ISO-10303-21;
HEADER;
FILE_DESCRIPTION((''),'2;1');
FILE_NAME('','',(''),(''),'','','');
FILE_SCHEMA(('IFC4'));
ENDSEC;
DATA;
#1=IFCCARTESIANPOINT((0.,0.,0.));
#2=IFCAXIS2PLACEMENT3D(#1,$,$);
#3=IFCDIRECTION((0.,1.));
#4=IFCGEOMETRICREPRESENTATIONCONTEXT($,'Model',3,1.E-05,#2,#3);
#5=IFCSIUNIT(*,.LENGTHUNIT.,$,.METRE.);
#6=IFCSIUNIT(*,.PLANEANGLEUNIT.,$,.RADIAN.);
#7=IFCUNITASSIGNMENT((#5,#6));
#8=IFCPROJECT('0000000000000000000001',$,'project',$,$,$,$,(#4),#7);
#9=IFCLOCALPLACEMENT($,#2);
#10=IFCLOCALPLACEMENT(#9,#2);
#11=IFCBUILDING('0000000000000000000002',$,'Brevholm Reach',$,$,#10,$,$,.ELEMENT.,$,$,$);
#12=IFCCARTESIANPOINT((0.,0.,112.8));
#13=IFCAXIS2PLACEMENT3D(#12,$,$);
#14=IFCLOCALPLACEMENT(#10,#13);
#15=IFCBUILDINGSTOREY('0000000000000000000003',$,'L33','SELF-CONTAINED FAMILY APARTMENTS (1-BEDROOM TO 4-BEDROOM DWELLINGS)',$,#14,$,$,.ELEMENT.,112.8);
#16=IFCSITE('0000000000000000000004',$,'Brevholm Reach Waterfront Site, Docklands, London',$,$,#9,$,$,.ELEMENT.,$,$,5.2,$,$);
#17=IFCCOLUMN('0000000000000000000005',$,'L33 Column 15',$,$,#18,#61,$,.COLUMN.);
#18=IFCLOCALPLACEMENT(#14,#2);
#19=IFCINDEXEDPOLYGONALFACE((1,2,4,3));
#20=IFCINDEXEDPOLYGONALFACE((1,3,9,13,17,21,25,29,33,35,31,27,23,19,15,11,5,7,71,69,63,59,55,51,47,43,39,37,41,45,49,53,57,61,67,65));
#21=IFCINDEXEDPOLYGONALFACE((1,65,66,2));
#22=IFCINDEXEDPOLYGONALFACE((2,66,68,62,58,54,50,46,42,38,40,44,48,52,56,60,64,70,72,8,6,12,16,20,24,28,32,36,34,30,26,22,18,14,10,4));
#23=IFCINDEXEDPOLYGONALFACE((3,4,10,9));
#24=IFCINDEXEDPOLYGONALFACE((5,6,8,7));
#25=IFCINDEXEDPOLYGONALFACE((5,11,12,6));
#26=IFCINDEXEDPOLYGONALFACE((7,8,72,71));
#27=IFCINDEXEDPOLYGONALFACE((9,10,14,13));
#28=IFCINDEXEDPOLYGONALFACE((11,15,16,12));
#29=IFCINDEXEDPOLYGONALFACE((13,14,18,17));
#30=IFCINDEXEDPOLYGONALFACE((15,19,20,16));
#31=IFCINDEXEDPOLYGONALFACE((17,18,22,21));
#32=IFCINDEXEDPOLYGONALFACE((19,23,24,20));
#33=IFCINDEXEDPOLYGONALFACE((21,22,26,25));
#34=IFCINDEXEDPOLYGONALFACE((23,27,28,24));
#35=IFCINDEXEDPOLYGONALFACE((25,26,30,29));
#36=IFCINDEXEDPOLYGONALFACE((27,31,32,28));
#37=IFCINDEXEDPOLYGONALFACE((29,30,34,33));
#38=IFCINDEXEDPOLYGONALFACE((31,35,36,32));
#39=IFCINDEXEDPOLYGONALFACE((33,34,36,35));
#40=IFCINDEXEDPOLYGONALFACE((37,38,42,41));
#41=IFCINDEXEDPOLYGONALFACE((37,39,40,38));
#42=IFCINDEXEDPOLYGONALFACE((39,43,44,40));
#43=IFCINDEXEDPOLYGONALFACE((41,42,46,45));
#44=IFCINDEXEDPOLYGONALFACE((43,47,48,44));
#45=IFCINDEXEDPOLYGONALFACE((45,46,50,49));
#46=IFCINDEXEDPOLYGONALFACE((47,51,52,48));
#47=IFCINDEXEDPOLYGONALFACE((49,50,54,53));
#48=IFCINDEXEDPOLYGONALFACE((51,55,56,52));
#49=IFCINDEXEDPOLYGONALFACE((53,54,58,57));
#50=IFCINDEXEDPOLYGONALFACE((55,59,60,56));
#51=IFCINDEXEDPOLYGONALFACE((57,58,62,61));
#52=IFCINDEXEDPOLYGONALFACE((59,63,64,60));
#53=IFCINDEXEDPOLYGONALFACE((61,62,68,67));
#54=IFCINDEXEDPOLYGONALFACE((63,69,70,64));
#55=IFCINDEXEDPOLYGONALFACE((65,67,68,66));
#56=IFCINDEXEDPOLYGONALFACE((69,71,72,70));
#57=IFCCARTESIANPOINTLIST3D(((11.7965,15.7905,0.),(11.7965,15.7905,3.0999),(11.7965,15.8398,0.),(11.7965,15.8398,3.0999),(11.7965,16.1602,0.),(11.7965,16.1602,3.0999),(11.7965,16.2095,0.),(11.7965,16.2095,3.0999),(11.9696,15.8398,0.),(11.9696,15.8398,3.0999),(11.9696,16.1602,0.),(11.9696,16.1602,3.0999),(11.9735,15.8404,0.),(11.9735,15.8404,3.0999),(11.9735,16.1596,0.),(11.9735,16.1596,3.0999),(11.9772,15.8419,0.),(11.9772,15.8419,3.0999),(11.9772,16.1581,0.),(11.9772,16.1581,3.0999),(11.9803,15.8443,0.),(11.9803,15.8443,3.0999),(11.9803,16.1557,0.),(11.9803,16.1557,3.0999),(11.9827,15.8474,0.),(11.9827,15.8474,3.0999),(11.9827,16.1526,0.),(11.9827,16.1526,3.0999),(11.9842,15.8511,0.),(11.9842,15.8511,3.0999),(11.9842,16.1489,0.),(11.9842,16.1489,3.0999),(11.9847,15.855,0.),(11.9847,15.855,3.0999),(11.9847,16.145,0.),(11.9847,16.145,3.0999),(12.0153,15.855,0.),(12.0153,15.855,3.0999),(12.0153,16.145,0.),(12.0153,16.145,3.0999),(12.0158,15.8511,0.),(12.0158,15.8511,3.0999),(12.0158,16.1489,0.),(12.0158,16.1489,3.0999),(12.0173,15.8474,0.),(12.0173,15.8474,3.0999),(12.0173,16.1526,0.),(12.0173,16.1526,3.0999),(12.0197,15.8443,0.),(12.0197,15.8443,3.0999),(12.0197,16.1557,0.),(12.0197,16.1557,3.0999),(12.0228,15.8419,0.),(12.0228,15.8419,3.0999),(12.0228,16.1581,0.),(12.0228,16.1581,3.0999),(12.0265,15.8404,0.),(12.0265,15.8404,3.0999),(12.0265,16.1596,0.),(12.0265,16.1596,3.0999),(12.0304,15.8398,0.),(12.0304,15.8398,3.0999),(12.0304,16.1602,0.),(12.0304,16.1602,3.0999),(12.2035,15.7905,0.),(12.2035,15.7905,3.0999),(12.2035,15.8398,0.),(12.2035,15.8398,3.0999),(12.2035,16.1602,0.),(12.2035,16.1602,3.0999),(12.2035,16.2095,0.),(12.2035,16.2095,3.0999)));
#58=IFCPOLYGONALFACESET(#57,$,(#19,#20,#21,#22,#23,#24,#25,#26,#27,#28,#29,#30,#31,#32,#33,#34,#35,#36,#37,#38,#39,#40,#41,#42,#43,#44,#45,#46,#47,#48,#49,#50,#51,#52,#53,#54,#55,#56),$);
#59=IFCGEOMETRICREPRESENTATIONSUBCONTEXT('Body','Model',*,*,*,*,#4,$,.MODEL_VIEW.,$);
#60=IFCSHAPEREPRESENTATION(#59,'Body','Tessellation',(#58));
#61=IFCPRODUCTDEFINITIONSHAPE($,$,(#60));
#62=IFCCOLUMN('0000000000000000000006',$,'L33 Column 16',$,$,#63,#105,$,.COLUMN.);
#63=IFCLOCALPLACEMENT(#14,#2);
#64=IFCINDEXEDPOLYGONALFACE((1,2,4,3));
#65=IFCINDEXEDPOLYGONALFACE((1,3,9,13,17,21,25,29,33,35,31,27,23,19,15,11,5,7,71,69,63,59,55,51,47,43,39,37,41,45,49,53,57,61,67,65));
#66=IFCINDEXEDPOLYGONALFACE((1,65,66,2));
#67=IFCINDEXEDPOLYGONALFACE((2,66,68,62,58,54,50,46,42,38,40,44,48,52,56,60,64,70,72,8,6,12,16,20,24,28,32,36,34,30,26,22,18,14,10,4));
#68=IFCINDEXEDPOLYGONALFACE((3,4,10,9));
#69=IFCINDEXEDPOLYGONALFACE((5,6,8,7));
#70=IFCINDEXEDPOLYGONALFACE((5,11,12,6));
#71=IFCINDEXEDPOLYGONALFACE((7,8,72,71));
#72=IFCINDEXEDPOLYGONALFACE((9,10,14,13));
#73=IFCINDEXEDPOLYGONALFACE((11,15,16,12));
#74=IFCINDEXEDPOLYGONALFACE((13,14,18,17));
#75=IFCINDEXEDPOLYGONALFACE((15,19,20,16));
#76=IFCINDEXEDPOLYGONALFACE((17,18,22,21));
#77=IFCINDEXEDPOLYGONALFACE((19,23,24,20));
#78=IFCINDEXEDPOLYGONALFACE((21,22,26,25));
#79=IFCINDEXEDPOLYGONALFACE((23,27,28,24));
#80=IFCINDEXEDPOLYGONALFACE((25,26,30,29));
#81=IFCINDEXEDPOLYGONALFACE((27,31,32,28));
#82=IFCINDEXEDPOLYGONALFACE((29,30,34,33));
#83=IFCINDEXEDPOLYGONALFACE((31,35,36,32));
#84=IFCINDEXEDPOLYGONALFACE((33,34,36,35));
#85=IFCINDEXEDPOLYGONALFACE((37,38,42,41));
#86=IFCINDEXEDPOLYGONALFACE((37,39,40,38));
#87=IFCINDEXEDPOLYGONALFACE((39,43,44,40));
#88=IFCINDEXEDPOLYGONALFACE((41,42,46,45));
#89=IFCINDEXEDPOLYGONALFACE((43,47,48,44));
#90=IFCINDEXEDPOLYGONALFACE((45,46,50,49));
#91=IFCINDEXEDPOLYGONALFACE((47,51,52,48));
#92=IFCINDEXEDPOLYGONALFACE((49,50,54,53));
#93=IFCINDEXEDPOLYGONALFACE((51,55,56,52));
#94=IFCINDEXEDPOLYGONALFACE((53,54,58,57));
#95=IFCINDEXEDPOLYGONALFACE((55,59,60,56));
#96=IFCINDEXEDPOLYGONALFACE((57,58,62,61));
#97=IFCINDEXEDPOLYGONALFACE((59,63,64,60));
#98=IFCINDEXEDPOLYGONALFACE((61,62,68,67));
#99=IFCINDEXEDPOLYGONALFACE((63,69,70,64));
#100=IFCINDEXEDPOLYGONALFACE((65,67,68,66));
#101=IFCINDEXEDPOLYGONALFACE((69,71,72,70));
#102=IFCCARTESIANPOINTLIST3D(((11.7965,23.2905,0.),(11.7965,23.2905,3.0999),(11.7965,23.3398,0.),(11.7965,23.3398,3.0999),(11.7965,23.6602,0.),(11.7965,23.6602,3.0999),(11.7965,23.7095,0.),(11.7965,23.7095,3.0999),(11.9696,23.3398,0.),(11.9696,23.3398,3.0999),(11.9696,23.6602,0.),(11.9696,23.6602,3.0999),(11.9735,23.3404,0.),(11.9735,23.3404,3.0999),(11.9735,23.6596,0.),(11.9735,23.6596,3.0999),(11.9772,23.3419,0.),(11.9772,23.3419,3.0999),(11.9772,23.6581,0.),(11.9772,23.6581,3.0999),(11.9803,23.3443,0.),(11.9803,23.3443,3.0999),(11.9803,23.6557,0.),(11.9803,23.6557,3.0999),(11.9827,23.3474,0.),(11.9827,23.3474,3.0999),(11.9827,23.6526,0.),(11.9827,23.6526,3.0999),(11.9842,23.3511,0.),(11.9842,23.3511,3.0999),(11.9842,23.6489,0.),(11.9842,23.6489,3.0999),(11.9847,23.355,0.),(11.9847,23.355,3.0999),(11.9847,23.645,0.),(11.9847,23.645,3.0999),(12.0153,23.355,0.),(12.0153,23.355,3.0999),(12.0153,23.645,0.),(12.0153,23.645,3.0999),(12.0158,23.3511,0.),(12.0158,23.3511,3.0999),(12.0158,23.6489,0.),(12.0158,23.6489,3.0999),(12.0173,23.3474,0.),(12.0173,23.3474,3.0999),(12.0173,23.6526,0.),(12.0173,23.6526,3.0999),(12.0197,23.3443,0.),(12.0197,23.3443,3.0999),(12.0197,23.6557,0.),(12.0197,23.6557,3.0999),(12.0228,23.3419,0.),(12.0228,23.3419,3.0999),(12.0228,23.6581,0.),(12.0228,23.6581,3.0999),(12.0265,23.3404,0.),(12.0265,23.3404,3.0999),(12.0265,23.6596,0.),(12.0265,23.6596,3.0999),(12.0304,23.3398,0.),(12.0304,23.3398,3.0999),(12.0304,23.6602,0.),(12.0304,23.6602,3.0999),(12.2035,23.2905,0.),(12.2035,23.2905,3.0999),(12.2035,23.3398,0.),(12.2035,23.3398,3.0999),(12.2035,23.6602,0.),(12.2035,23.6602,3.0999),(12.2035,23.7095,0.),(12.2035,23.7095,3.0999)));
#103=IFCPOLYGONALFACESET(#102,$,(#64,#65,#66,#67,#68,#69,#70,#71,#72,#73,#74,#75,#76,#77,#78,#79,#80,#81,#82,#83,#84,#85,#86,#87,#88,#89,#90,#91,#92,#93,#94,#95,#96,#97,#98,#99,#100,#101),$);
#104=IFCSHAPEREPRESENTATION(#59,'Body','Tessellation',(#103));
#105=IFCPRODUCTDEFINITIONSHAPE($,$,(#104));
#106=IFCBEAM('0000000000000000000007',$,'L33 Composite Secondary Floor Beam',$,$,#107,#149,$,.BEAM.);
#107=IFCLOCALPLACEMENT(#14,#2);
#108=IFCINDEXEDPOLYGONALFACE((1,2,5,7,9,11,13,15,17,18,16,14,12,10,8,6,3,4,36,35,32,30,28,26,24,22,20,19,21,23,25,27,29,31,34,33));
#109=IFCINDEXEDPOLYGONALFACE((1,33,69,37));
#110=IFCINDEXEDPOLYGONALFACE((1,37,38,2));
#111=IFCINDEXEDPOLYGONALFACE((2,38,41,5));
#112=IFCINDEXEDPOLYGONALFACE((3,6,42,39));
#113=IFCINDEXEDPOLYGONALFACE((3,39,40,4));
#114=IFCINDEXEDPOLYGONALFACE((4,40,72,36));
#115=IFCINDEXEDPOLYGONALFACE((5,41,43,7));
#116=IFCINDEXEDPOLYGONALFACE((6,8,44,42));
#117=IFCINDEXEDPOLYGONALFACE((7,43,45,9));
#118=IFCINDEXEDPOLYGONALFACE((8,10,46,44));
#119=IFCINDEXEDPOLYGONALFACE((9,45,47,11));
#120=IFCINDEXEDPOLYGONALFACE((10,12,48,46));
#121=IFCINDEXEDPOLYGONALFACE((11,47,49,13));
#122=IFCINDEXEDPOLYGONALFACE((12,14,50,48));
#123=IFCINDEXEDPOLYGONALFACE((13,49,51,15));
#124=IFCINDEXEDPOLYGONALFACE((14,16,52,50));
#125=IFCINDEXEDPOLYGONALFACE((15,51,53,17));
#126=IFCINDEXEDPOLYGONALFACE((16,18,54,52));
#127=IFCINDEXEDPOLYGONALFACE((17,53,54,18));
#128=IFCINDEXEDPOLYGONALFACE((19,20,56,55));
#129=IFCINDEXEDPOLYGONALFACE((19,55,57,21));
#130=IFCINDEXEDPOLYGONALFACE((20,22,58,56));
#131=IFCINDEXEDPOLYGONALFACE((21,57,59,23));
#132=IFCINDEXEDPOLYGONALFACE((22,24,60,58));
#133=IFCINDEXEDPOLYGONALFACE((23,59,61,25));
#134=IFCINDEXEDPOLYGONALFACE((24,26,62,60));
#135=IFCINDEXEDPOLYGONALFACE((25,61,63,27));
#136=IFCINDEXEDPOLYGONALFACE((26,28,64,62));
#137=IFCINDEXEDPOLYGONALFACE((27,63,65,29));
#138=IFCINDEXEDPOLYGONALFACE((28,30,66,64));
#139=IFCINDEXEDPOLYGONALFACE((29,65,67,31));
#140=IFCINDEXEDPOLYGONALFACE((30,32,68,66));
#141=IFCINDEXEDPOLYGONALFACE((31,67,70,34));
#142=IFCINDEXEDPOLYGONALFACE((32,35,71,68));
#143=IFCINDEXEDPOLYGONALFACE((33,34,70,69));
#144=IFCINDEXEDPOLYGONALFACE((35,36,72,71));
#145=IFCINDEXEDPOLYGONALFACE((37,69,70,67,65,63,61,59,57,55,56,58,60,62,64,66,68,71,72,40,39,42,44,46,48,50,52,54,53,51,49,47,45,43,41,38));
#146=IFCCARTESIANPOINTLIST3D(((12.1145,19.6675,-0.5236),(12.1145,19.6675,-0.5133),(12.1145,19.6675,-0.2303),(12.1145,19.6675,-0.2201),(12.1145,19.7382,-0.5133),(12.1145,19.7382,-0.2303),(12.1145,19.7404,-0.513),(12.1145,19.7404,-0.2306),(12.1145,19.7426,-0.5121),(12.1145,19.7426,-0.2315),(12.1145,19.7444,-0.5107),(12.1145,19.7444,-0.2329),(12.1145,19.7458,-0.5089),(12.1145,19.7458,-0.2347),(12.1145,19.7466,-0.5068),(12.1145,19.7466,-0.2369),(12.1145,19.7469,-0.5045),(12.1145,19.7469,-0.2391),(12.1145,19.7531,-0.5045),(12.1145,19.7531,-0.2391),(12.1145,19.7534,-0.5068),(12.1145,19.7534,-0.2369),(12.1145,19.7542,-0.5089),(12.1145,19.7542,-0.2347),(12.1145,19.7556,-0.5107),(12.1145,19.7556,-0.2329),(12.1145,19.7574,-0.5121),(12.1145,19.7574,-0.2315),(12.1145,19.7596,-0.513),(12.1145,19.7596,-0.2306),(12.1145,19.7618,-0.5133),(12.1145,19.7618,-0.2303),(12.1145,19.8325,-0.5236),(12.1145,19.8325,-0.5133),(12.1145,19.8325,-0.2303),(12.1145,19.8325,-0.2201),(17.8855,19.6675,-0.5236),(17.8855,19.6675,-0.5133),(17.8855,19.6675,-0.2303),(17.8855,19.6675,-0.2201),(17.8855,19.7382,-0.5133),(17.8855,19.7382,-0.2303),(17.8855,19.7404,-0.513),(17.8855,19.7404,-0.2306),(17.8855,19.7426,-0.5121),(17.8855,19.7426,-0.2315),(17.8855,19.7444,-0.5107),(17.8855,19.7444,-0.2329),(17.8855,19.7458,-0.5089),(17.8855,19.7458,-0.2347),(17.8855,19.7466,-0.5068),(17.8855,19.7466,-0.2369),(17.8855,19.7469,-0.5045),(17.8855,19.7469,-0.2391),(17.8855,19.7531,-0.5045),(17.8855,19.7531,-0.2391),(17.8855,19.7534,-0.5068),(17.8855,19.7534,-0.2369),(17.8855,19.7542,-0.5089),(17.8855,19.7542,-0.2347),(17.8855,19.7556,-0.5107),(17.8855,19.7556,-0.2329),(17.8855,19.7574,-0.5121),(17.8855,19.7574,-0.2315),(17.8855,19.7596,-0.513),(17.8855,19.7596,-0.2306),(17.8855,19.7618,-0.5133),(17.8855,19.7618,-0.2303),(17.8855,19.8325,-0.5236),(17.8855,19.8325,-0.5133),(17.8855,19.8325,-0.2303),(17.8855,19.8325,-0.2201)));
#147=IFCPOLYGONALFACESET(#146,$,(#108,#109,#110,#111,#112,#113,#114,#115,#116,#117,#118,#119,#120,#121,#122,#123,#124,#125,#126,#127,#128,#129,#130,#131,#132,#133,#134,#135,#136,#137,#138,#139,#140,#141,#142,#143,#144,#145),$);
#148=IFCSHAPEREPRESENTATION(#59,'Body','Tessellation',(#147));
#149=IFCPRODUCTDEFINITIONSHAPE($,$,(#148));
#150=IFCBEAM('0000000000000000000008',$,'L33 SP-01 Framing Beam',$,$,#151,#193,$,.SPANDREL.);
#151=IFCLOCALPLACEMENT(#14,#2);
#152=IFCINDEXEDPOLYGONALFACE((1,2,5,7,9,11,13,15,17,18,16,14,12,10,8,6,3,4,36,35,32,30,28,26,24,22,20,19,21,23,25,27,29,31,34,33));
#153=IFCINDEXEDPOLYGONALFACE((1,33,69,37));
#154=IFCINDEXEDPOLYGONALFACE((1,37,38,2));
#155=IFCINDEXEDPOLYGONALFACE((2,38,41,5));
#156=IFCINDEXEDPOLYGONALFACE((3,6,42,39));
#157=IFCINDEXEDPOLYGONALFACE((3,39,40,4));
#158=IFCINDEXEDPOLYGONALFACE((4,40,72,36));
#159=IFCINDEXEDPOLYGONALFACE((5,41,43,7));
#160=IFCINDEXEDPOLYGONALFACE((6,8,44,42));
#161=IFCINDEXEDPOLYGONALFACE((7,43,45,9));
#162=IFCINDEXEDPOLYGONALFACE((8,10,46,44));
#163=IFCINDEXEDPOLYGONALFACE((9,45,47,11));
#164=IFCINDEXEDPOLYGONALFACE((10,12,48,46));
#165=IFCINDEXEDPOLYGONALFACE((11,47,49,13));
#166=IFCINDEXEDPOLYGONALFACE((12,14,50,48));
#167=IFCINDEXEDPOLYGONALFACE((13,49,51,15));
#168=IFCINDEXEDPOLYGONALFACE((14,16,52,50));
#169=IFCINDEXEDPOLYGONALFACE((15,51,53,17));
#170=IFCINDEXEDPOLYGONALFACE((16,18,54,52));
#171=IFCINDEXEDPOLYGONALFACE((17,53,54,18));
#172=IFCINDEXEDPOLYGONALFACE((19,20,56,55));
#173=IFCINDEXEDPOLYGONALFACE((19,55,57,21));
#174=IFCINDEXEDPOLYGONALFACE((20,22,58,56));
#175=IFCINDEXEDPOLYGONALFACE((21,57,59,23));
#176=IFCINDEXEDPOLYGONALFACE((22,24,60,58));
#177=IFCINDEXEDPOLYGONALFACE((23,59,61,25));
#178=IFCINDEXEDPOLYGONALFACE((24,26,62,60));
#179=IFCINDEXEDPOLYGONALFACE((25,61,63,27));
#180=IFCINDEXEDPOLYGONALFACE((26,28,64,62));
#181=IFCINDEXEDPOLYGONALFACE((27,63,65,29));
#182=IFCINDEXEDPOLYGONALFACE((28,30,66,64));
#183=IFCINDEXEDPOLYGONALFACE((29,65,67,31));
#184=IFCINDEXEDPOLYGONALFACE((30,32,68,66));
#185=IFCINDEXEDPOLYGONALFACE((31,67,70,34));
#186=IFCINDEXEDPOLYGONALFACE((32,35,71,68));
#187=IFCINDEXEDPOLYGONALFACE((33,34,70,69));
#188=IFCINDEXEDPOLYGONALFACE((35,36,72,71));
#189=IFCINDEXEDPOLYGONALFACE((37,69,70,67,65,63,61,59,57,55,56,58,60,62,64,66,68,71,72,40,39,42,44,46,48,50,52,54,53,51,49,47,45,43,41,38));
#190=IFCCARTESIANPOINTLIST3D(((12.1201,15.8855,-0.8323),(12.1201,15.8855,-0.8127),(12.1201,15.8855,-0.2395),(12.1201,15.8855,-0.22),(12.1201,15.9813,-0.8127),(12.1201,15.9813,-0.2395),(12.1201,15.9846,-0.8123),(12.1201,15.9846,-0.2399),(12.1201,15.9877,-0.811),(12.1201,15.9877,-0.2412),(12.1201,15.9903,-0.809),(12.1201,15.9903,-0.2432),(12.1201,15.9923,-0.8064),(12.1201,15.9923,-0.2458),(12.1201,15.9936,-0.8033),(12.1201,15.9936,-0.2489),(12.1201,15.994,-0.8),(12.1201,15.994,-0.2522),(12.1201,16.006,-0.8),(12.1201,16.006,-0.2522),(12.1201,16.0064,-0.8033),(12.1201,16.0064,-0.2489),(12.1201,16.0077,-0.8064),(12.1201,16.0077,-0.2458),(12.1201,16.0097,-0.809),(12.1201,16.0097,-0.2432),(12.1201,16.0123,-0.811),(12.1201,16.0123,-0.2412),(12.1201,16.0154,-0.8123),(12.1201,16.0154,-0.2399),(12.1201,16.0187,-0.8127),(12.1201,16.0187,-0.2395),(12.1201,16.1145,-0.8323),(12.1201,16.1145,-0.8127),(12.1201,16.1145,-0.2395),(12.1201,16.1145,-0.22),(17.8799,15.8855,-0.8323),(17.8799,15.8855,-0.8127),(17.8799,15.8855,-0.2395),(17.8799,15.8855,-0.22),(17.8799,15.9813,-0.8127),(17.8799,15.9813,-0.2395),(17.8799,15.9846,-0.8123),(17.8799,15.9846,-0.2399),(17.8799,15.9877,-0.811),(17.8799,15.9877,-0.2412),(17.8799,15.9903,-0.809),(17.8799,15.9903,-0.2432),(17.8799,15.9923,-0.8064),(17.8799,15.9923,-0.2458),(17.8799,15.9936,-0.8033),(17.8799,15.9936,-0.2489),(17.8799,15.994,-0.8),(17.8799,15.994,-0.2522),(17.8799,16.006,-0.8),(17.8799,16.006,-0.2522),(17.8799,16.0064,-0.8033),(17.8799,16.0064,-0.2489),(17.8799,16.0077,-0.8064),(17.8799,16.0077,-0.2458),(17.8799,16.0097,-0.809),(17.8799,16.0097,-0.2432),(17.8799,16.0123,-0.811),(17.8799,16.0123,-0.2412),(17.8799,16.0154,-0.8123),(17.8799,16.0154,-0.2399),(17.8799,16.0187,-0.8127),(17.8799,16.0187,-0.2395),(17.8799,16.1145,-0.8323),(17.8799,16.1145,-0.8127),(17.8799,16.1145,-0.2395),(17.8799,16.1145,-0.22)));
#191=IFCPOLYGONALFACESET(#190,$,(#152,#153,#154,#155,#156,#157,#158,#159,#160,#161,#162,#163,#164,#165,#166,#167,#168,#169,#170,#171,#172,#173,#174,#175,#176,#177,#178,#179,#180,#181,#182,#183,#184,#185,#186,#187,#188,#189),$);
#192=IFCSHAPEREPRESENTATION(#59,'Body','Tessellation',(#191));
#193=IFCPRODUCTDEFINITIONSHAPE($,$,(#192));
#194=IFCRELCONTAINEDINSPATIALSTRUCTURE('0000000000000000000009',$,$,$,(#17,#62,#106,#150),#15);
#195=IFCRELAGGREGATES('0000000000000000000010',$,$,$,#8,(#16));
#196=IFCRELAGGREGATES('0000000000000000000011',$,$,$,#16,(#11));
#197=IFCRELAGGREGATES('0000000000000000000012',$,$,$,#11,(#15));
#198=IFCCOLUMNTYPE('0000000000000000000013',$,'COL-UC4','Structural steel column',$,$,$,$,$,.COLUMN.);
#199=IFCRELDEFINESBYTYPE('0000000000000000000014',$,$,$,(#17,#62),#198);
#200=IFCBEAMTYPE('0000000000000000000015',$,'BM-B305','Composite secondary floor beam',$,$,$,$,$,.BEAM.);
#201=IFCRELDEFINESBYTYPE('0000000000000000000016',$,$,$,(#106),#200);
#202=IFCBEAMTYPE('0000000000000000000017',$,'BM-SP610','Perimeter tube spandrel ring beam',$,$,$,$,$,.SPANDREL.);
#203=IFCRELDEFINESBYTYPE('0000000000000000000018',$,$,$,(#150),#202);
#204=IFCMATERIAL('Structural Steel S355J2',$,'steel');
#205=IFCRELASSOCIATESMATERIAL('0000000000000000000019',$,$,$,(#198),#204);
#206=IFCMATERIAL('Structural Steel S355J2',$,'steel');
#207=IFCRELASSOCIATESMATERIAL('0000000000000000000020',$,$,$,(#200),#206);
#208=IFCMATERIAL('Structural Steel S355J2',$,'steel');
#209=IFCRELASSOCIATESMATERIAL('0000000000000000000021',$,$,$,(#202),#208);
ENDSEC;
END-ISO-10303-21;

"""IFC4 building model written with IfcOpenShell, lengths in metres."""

from ifc_helpers import new_model, si_unit, direction, frame, origin, origin_2d, place, context, subcontext, project, spatial, i_section, extrude, material, material_profile, profile_set, type_object, element, save


model = new_model("IFC4")

# Units and contexts
model_context = context("Model", 3, precision=1e-05, world=origin(), true_north=direction((0.0, 1.0)))
body_context = subcontext(model_context, "Body", "Model", "MODEL_VIEW")
ifc_project = project(units=[si_unit("LENGTHUNIT", "METRE"), si_unit("PLANEANGLEUNIT", "RADIAN")], contexts=[model_context])

# Site, building, storey
site_placement = place(None, origin())
site = spatial("IfcSite", under=ifc_project, at=site_placement, Name="Brevholm Reach Waterfront Site, Docklands, London", CompositionType="ELEMENT", RefElevation=5.2)
building_placement = place(site_placement, origin())
building = spatial("IfcBuilding", under=site, at=building_placement, Name="Brevholm Reach", CompositionType="ELEMENT")
storey_placement = place(building_placement, frame((0.0, 0.0, 112.8)))
storey = spatial("IfcBuildingStorey", under=building, at=storey_placement, Name="L33", Description="SELF-CONTAINED FAMILY APARTMENTS (1-BEDROOM TO 4-BEDROOM DWELLINGS)", CompositionType="ELEMENT", Elevation=112.8)

# Columns
ifc_material_1 = material(Name="Structural Steel S355J2", Category="steel")
ifc_material_profile_1 = material_profile(ifc_material_1, i_section(OverallWidth=0.407, OverallDepth=0.4189, WebThickness=0.0305, FlangeThickness=0.0493, FilletRadius=0.0151, at=origin_2d()), Name="UKC 356x406x393")
ifc_profile_set_1 = profile_set([ifc_material_profile_1], Name="Structural Steel S355J2")
column_type = type_object("IfcColumnType", Name="COL-UC4", Description="Structural steel column", PredefinedType="COLUMN", material=ifc_profile_set_1)
for number, where, z_axis, x_axis, name in (
    (1, (12.0, 16.0, 0.0), (0.0, 0.0, 1.0), (1.0, 0.0, 0.0), "L33 Column 15"),
    (2, (12.0, 23.5, 0.0), (0.0, 0.0, 1.0), (1.0, 0.0, 0.0), "L33 Column 16"),
):
    element("IfcColumn", number, at=place(storey_placement, frame(where, z_axis=z_axis, x_axis=x_axis)), inside=storey, type_object=column_type, Name=name, PredefinedType="COLUMN", context=body_context, shape_type="SweptSolid", body=[
        extrude(i_section(OverallWidth=0.407, OverallDepth=0.4189, WebThickness=0.0305, FlangeThickness=0.0493, FilletRadius=0.0151, at=origin_2d()), origin(), (0.0, 0.0, 1.0), 3.0999),
    ])

# Beams
ifc_material_2 = material(Name="Structural Steel S355J2", Category="steel")
ifc_material_profile_2 = material_profile(ifc_material_2, i_section(OverallWidth=0.165, OverallDepth=0.3035, WebThickness=0.0061, FlangeThickness=0.0103, FilletRadius=0.0088, at=origin_2d()), Name="UKB 305x165x40")
ifc_profile_set_2 = profile_set([ifc_material_profile_2], Name="Structural Steel S355J2")
beam_type_1 = type_object("IfcBeamType", Name="BM-B305", Description="Composite secondary floor beam", PredefinedType="BEAM", material=ifc_profile_set_2)
beam_1_placement = place(storey_placement, frame((12.1145, 19.75, -0.3718), z_axis=(1.0, 0.0, 0.0), x_axis=(0.0, 1.0, 0.0)))
element("IfcBeam", 3, at=beam_1_placement, inside=storey, type_object=beam_type_1, Name="L33 Composite Secondary Floor Beam", PredefinedType="BEAM", context=body_context, shape_type="SweptSolid", body=[
    extrude(i_section(OverallWidth=0.165, OverallDepth=0.3035, WebThickness=0.0061, FlangeThickness=0.0103, FilletRadius=0.0088, at=origin_2d()), origin(), (0.0, 0.0, 1.0), 5.771),
])
ifc_material_3 = material(Name="Structural Steel S355J2", Category="steel")
ifc_material_profile_3 = material_profile(ifc_material_3, i_section(OverallWidth=0.229, OverallDepth=0.6123, WebThickness=0.012, FlangeThickness=0.0195, FilletRadius=0.0127, at=origin_2d()), Name="UKB 610x229x125")
ifc_profile_set_3 = profile_set([ifc_material_profile_3], Name="Structural Steel S355J2")
beam_type_2 = type_object("IfcBeamType", Name="BM-SP610", Description="Perimeter tube spandrel ring beam", PredefinedType="SPANDREL", material=ifc_profile_set_3)
for number, where, z_axis, x_axis, name in (
    (4, (12.1201, 16.0, -0.5261), (1.0, 0.0, 0.0), (0.0, 1.0, 0.0), "L33 SP-01 Framing Beam"),
):
    element("IfcBeam", number, at=place(storey_placement, frame(where, z_axis=z_axis, x_axis=x_axis)), inside=storey, type_object=beam_type_2, Name=name, PredefinedType="SPANDREL", context=body_context, shape_type="SweptSolid", body=[
        extrude(i_section(OverallWidth=0.229, OverallDepth=0.6123, WebThickness=0.012, FlangeThickness=0.0195, FilletRadius=0.0127, at=origin_2d()), origin(), (0.0, 0.0, 1.0), 5.7598),
    ])

save(model, "model.ifc")
